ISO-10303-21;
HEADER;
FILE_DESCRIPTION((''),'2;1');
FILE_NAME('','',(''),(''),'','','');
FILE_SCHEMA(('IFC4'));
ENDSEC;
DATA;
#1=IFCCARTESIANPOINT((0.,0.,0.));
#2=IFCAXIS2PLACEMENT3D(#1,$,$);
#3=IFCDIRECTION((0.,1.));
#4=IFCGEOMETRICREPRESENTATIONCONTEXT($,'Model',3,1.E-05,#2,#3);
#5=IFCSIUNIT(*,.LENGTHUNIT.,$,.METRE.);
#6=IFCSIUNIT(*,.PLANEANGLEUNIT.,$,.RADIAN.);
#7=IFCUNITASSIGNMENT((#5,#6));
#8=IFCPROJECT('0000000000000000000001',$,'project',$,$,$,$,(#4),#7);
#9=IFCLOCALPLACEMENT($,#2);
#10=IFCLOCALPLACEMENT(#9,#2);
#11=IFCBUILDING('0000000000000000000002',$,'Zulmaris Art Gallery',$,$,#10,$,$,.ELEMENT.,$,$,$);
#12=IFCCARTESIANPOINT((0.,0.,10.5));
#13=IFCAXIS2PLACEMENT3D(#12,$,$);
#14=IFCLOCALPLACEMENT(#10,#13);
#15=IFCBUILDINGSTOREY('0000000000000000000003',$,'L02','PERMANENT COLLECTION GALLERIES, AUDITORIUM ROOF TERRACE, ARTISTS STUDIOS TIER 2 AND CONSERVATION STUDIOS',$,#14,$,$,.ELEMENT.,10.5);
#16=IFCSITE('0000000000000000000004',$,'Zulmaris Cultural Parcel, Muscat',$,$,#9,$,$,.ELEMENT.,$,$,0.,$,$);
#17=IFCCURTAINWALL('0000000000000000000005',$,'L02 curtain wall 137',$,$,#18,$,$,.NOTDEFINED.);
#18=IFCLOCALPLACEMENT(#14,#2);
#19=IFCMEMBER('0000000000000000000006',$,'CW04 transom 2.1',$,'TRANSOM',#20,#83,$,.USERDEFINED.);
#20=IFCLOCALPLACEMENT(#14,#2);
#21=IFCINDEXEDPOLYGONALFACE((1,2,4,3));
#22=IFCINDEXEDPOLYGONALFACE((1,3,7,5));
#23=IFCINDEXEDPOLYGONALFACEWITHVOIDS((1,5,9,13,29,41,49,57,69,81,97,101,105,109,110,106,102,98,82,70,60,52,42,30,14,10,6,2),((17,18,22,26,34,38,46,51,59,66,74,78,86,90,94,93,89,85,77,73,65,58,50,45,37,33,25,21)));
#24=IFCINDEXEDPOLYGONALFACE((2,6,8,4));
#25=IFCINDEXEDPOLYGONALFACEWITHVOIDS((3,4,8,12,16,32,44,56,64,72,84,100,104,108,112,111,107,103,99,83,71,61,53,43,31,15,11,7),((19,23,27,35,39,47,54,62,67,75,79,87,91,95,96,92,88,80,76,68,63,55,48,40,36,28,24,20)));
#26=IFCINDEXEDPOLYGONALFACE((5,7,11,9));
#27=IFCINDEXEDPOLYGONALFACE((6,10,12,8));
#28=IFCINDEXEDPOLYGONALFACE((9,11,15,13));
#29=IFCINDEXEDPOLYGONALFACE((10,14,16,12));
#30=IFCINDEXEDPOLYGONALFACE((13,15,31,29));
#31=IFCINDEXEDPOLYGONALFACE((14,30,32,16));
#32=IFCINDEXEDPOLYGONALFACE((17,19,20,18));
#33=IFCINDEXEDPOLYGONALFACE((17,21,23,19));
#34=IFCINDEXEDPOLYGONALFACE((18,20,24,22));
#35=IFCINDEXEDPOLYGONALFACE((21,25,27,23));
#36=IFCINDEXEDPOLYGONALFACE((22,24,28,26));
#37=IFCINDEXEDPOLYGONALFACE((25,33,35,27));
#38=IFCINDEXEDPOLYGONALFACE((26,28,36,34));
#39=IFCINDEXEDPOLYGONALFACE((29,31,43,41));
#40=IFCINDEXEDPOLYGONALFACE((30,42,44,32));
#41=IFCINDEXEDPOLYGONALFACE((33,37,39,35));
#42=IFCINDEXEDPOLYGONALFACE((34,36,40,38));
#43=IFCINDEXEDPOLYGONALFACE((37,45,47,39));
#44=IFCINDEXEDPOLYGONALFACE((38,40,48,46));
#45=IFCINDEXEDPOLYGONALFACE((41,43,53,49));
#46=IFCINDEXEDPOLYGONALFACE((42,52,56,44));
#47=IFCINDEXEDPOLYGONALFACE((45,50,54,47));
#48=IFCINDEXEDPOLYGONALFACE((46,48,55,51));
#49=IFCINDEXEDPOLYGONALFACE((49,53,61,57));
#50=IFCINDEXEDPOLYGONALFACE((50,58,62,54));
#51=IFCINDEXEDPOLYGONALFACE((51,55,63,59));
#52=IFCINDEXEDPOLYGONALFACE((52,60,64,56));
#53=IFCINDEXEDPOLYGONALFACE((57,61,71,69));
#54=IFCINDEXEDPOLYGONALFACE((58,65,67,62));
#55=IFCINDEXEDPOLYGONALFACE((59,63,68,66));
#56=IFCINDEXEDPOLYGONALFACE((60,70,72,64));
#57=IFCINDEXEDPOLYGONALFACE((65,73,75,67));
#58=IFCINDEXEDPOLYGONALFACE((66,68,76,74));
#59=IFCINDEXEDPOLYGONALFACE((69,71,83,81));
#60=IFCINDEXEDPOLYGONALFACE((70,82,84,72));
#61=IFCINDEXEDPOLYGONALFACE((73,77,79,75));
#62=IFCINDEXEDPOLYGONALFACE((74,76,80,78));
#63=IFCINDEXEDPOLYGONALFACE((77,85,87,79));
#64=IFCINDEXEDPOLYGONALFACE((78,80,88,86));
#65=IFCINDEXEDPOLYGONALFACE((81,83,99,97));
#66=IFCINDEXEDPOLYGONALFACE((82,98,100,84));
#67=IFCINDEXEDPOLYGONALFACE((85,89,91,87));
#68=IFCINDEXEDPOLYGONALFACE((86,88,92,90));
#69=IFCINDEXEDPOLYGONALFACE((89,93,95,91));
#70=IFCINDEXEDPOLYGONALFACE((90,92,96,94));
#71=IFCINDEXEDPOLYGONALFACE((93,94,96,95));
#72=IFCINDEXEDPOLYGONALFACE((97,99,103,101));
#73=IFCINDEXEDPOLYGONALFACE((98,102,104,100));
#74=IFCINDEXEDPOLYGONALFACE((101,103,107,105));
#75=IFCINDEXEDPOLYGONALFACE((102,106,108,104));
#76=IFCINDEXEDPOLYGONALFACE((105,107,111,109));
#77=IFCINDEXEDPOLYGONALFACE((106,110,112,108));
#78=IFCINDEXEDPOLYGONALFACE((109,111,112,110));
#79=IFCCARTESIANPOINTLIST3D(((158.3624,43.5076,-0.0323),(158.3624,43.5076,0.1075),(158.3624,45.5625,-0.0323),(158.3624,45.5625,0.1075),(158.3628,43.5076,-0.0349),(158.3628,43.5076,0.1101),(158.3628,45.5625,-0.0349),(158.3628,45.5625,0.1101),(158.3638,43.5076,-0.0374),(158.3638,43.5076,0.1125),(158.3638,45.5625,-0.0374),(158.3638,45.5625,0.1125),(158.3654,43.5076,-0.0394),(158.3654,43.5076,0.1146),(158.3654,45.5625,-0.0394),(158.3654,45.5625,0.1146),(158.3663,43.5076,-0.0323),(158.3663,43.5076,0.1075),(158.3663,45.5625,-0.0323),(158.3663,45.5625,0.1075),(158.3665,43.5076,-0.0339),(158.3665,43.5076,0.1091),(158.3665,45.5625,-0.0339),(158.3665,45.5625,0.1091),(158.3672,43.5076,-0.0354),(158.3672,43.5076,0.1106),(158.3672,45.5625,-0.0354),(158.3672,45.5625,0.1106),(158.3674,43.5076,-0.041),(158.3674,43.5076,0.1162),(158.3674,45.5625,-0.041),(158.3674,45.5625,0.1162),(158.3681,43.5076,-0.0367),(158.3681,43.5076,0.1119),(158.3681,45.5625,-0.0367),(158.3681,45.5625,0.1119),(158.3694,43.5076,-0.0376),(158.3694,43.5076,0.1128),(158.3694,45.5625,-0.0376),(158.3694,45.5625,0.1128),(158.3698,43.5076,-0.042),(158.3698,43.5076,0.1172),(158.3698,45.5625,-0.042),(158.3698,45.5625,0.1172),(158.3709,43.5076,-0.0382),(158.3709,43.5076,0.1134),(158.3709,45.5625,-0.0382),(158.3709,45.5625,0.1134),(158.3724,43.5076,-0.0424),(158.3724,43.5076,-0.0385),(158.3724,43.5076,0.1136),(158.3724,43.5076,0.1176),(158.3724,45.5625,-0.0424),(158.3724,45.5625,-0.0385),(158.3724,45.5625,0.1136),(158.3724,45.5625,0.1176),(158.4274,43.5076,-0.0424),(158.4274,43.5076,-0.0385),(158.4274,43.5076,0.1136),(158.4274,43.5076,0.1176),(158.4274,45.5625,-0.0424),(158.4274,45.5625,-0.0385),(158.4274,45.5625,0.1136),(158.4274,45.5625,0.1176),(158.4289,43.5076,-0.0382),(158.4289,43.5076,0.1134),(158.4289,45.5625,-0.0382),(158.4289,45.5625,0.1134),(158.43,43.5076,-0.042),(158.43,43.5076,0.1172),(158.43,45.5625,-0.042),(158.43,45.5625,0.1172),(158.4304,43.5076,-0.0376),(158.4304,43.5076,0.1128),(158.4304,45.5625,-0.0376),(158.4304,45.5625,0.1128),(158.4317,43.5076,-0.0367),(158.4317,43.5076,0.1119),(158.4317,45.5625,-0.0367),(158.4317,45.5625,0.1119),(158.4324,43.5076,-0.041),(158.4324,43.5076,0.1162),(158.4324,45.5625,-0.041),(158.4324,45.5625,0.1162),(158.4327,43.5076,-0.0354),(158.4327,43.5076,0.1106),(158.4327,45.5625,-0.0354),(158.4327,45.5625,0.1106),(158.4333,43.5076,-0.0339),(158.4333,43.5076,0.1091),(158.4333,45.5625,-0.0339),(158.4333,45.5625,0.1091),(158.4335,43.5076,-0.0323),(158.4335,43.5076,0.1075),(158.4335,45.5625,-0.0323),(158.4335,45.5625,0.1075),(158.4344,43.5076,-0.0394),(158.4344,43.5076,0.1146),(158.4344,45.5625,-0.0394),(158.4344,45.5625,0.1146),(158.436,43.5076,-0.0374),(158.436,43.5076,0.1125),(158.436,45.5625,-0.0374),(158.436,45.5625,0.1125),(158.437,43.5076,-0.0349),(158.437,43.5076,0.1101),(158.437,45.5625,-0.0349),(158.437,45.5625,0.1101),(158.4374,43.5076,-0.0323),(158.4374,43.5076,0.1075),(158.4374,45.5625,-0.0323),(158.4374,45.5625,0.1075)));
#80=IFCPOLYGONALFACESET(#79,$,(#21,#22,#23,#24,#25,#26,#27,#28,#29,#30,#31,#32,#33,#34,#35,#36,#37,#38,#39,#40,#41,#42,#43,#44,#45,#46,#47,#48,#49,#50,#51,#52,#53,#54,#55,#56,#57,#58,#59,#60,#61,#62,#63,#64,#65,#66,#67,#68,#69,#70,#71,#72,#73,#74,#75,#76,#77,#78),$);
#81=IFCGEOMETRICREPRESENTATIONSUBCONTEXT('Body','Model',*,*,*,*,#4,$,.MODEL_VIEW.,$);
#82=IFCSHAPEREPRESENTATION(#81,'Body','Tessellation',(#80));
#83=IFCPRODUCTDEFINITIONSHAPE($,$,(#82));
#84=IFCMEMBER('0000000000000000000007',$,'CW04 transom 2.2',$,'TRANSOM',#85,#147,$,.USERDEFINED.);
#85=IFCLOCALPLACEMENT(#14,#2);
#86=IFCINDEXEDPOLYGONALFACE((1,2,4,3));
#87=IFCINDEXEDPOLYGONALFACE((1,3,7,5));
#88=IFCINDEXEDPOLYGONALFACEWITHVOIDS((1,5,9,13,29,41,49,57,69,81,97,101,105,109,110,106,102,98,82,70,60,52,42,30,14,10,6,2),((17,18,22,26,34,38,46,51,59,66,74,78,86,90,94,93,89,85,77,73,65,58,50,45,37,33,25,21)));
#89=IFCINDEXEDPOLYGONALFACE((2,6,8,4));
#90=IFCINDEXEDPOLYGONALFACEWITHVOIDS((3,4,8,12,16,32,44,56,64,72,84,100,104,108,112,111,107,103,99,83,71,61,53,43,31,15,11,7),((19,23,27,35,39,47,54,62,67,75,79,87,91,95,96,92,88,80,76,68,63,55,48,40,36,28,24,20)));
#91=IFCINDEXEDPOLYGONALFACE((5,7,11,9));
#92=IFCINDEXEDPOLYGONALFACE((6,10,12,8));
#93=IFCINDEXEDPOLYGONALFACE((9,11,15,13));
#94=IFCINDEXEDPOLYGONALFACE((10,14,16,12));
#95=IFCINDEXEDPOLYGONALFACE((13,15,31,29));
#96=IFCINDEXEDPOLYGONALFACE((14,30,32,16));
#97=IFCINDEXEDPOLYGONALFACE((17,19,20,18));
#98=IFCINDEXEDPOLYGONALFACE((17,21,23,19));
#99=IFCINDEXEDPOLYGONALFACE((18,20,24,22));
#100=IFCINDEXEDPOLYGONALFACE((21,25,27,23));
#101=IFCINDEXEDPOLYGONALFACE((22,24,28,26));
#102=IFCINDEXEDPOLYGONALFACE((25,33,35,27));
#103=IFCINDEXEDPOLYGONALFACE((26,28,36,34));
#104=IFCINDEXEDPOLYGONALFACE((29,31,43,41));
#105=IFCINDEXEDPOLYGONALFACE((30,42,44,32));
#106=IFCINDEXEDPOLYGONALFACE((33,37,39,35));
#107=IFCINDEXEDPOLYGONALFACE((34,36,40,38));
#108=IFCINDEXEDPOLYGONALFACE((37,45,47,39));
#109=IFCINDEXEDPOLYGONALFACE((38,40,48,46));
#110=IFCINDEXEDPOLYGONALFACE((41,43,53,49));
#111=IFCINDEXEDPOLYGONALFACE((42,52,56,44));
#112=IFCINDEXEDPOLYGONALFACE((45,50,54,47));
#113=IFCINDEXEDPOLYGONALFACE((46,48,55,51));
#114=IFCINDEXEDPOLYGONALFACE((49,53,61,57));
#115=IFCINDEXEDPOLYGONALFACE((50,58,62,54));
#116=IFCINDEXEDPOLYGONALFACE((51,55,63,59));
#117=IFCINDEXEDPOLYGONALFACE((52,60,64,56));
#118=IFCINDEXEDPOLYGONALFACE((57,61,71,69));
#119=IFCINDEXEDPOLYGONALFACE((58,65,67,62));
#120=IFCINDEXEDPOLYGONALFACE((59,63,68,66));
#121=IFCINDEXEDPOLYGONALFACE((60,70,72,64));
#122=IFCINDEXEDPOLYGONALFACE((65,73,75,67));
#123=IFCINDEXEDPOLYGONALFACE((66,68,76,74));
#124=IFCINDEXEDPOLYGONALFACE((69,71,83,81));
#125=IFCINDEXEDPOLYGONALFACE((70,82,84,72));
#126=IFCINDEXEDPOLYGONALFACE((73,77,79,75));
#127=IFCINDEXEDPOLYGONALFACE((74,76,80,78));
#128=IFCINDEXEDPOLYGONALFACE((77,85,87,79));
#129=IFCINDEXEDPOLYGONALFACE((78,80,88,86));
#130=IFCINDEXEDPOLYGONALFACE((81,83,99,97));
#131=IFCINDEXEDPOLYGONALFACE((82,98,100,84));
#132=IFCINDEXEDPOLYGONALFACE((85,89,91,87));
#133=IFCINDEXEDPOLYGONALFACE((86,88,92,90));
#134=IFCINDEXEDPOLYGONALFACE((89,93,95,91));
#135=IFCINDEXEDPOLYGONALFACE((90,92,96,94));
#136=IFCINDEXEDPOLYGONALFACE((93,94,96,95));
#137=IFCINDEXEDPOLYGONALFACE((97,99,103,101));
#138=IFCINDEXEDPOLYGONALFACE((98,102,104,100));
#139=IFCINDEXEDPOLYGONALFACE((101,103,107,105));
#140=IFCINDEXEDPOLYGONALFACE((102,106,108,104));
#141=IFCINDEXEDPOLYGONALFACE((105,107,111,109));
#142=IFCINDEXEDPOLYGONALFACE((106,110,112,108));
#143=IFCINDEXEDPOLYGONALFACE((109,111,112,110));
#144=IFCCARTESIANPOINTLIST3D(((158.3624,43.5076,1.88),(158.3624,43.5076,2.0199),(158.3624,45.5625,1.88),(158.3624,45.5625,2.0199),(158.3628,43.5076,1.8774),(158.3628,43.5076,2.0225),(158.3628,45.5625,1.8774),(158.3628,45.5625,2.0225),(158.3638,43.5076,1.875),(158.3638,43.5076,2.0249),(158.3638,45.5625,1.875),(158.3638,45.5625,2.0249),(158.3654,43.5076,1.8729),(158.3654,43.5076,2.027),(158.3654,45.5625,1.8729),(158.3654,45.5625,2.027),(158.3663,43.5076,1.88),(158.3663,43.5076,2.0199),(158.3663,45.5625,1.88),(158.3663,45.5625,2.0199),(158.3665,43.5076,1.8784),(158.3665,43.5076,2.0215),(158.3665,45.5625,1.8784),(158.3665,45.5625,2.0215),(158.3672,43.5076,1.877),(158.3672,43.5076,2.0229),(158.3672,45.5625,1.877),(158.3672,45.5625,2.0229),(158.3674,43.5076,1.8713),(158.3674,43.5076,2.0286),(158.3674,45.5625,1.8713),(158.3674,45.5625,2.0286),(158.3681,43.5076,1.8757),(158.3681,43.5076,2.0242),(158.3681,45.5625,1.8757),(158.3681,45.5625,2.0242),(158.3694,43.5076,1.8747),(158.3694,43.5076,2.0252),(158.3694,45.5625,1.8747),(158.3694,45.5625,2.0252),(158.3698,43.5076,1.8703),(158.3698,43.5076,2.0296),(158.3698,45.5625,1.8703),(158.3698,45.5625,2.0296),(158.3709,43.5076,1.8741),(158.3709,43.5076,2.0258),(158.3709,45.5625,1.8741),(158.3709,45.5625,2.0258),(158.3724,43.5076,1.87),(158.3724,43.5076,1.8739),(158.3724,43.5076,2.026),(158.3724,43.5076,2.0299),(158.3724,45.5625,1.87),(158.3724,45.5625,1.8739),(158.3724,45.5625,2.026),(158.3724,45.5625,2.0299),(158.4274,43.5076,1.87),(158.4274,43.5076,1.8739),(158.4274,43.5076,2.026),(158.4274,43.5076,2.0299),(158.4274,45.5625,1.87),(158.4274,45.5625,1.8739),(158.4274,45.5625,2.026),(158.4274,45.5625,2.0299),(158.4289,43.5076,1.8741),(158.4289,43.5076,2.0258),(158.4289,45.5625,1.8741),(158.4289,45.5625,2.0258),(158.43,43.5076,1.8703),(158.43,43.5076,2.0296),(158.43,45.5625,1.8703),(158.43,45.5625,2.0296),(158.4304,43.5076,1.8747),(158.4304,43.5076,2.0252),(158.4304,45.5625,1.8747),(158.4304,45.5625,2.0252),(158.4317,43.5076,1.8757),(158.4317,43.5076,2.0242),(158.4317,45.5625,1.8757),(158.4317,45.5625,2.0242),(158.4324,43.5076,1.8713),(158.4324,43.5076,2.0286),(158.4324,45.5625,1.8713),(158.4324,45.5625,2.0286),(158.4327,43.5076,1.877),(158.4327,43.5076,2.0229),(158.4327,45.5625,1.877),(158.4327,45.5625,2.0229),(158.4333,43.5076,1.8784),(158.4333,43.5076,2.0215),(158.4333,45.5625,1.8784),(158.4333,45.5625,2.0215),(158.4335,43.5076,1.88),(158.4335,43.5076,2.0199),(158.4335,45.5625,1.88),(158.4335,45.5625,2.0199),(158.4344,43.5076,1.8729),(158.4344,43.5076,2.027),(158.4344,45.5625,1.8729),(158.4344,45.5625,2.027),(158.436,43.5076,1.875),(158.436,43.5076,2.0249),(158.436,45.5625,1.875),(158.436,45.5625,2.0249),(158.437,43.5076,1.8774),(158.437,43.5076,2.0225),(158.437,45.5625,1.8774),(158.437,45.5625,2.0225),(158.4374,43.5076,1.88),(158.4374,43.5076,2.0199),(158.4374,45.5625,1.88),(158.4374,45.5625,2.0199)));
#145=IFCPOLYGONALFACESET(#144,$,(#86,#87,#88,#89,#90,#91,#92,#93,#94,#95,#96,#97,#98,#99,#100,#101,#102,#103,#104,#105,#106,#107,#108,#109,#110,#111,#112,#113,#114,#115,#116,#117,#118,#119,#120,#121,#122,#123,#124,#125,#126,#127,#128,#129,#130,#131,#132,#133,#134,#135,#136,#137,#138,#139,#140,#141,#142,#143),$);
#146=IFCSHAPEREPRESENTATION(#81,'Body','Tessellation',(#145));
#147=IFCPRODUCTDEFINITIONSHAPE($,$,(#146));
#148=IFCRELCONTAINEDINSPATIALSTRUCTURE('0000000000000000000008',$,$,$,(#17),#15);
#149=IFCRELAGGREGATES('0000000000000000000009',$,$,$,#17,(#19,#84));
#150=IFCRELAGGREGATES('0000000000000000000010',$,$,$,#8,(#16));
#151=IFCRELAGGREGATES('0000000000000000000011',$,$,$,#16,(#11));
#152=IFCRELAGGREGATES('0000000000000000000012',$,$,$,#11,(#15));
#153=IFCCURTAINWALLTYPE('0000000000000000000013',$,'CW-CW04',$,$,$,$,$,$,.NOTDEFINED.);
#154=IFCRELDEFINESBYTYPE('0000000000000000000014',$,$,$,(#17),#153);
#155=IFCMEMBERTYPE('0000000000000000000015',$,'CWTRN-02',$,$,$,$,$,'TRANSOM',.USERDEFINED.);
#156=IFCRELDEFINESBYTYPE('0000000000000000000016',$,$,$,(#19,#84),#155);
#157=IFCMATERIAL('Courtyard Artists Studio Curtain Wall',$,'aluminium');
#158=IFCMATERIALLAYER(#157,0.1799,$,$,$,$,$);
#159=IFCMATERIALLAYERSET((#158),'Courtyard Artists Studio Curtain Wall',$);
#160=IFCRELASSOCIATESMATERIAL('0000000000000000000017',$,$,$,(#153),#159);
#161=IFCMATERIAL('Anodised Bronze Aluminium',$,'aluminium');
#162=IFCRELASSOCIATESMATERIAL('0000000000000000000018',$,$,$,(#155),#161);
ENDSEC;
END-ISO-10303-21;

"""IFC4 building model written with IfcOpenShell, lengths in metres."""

from ifc_helpers import new_model, si_unit, direction, frame, origin, origin_2d, place, context, subcontext, project, spatial, hollow_rectangle, extrude, material, layer, layer_set, material_profile, profile_set, type_object, element, aggregate, save


model = new_model("IFC4")

# Units and contexts
model_context = context("Model", 3, precision=1e-05, world=origin(), true_north=direction((0.0, 1.0)))
body_context = subcontext(model_context, "Body", "Model", "MODEL_VIEW")
ifc_project = project(units=[si_unit("LENGTHUNIT", "METRE"), si_unit("PLANEANGLEUNIT", "RADIAN")], contexts=[model_context])

# Site, building, storey
site_placement = place(None, origin())
site = spatial("IfcSite", under=ifc_project, at=site_placement, Name="Zulmaris Cultural Parcel, Muscat", CompositionType="ELEMENT", RefElevation=0.0)
building_placement = place(site_placement, origin())
building = spatial("IfcBuilding", under=site, at=building_placement, Name="Zulmaris Art Gallery", CompositionType="ELEMENT")
storey_placement = place(building_placement, frame((0.0, 0.0, 10.5)))
storey = spatial("IfcBuildingStorey", under=building, at=storey_placement, Name="L02", Description="PERMANENT COLLECTION GALLERIES, AUDITORIUM ROOF TERRACE, ARTISTS STUDIOS TIER 2 AND CONSERVATION STUDIOS", CompositionType="ELEMENT", Elevation=10.5)

# Curtain wall
ifc_material_1 = material(Name="Courtyard Artists Studio Curtain Wall", Category="aluminium")
ifc_layer_1 = layer(ifc_material_1, 0.1799)
ifc_layer_set_1 = layer_set([ifc_layer_1], Name="Courtyard Artists Studio Curtain Wall")
curtain_wall_type = type_object("IfcCurtainWallType", Name="CW-CW04", PredefinedType="NOTDEFINED", material=ifc_layer_set_1)
curtain_wall_1_placement = place(storey_placement, origin())
curtain_wall_1 = element("IfcCurtainWall", 1, at=curtain_wall_1_placement, inside=storey, type_object=curtain_wall_type, Name="L02 curtain wall 137", PredefinedType="NOTDEFINED")
ifc_material_2 = material(Name="Anodised Bronze Aluminium", Category="aluminium")
ifc_material_profile_1 = material_profile(ifc_material_2, hollow_rectangle(XDim=0.075, YDim=0.1599, WallThickness=0.0039, InnerFilletRadius=0.0061, OuterFilletRadius=0.01, at=origin_2d()), Name="ALU 75x160x4")
ifc_profile_set_1 = profile_set([ifc_material_profile_1], Name="Anodised Bronze Aluminium")
member_type_1 = type_object("IfcMemberType", Name="CWTRN-02", ElementType="TRANSOM", PredefinedType="USERDEFINED", material=ifc_profile_set_1)

# Members
member_1_placement = place(storey_placement, frame((158.3999, 43.5076, 0.0376), z_axis=(0.0, 1.0, 0.0), x_axis=(-1.0, 0.0, 0.0)))
member_1 = element("IfcMember", 2, at=member_1_placement, type_object=member_type_1, Name="CW04 transom 2.1", ObjectType="TRANSOM", PredefinedType="USERDEFINED", context=body_context, shape_type="SweptSolid", body=[
    extrude(hollow_rectangle(XDim=0.075, YDim=0.1599, WallThickness=0.0039, InnerFilletRadius=0.0061, OuterFilletRadius=0.01, at=origin_2d()), origin(), (0.0, 0.0, 1.0), 2.0549),
])
member_2_placement = place(storey_placement, frame((158.3999, 43.5076, 1.95), z_axis=(0.0, 1.0, 0.0), x_axis=(-1.0, 0.0, 0.0)))
member_2 = element("IfcMember", 3, at=member_2_placement, type_object=member_type_1, Name="CW04 transom 2.2", ObjectType="TRANSOM", PredefinedType="USERDEFINED", context=body_context, shape_type="SweptSolid", body=[
    extrude(hollow_rectangle(XDim=0.075, YDim=0.1599, WallThickness=0.0039, InnerFilletRadius=0.0061, OuterFilletRadius=0.01, at=origin_2d()), origin(), (0.0, 0.0, 1.0), 2.0549),
])

aggregate(curtain_wall_1, [member_1, member_2])

save(model, "model.ifc")
